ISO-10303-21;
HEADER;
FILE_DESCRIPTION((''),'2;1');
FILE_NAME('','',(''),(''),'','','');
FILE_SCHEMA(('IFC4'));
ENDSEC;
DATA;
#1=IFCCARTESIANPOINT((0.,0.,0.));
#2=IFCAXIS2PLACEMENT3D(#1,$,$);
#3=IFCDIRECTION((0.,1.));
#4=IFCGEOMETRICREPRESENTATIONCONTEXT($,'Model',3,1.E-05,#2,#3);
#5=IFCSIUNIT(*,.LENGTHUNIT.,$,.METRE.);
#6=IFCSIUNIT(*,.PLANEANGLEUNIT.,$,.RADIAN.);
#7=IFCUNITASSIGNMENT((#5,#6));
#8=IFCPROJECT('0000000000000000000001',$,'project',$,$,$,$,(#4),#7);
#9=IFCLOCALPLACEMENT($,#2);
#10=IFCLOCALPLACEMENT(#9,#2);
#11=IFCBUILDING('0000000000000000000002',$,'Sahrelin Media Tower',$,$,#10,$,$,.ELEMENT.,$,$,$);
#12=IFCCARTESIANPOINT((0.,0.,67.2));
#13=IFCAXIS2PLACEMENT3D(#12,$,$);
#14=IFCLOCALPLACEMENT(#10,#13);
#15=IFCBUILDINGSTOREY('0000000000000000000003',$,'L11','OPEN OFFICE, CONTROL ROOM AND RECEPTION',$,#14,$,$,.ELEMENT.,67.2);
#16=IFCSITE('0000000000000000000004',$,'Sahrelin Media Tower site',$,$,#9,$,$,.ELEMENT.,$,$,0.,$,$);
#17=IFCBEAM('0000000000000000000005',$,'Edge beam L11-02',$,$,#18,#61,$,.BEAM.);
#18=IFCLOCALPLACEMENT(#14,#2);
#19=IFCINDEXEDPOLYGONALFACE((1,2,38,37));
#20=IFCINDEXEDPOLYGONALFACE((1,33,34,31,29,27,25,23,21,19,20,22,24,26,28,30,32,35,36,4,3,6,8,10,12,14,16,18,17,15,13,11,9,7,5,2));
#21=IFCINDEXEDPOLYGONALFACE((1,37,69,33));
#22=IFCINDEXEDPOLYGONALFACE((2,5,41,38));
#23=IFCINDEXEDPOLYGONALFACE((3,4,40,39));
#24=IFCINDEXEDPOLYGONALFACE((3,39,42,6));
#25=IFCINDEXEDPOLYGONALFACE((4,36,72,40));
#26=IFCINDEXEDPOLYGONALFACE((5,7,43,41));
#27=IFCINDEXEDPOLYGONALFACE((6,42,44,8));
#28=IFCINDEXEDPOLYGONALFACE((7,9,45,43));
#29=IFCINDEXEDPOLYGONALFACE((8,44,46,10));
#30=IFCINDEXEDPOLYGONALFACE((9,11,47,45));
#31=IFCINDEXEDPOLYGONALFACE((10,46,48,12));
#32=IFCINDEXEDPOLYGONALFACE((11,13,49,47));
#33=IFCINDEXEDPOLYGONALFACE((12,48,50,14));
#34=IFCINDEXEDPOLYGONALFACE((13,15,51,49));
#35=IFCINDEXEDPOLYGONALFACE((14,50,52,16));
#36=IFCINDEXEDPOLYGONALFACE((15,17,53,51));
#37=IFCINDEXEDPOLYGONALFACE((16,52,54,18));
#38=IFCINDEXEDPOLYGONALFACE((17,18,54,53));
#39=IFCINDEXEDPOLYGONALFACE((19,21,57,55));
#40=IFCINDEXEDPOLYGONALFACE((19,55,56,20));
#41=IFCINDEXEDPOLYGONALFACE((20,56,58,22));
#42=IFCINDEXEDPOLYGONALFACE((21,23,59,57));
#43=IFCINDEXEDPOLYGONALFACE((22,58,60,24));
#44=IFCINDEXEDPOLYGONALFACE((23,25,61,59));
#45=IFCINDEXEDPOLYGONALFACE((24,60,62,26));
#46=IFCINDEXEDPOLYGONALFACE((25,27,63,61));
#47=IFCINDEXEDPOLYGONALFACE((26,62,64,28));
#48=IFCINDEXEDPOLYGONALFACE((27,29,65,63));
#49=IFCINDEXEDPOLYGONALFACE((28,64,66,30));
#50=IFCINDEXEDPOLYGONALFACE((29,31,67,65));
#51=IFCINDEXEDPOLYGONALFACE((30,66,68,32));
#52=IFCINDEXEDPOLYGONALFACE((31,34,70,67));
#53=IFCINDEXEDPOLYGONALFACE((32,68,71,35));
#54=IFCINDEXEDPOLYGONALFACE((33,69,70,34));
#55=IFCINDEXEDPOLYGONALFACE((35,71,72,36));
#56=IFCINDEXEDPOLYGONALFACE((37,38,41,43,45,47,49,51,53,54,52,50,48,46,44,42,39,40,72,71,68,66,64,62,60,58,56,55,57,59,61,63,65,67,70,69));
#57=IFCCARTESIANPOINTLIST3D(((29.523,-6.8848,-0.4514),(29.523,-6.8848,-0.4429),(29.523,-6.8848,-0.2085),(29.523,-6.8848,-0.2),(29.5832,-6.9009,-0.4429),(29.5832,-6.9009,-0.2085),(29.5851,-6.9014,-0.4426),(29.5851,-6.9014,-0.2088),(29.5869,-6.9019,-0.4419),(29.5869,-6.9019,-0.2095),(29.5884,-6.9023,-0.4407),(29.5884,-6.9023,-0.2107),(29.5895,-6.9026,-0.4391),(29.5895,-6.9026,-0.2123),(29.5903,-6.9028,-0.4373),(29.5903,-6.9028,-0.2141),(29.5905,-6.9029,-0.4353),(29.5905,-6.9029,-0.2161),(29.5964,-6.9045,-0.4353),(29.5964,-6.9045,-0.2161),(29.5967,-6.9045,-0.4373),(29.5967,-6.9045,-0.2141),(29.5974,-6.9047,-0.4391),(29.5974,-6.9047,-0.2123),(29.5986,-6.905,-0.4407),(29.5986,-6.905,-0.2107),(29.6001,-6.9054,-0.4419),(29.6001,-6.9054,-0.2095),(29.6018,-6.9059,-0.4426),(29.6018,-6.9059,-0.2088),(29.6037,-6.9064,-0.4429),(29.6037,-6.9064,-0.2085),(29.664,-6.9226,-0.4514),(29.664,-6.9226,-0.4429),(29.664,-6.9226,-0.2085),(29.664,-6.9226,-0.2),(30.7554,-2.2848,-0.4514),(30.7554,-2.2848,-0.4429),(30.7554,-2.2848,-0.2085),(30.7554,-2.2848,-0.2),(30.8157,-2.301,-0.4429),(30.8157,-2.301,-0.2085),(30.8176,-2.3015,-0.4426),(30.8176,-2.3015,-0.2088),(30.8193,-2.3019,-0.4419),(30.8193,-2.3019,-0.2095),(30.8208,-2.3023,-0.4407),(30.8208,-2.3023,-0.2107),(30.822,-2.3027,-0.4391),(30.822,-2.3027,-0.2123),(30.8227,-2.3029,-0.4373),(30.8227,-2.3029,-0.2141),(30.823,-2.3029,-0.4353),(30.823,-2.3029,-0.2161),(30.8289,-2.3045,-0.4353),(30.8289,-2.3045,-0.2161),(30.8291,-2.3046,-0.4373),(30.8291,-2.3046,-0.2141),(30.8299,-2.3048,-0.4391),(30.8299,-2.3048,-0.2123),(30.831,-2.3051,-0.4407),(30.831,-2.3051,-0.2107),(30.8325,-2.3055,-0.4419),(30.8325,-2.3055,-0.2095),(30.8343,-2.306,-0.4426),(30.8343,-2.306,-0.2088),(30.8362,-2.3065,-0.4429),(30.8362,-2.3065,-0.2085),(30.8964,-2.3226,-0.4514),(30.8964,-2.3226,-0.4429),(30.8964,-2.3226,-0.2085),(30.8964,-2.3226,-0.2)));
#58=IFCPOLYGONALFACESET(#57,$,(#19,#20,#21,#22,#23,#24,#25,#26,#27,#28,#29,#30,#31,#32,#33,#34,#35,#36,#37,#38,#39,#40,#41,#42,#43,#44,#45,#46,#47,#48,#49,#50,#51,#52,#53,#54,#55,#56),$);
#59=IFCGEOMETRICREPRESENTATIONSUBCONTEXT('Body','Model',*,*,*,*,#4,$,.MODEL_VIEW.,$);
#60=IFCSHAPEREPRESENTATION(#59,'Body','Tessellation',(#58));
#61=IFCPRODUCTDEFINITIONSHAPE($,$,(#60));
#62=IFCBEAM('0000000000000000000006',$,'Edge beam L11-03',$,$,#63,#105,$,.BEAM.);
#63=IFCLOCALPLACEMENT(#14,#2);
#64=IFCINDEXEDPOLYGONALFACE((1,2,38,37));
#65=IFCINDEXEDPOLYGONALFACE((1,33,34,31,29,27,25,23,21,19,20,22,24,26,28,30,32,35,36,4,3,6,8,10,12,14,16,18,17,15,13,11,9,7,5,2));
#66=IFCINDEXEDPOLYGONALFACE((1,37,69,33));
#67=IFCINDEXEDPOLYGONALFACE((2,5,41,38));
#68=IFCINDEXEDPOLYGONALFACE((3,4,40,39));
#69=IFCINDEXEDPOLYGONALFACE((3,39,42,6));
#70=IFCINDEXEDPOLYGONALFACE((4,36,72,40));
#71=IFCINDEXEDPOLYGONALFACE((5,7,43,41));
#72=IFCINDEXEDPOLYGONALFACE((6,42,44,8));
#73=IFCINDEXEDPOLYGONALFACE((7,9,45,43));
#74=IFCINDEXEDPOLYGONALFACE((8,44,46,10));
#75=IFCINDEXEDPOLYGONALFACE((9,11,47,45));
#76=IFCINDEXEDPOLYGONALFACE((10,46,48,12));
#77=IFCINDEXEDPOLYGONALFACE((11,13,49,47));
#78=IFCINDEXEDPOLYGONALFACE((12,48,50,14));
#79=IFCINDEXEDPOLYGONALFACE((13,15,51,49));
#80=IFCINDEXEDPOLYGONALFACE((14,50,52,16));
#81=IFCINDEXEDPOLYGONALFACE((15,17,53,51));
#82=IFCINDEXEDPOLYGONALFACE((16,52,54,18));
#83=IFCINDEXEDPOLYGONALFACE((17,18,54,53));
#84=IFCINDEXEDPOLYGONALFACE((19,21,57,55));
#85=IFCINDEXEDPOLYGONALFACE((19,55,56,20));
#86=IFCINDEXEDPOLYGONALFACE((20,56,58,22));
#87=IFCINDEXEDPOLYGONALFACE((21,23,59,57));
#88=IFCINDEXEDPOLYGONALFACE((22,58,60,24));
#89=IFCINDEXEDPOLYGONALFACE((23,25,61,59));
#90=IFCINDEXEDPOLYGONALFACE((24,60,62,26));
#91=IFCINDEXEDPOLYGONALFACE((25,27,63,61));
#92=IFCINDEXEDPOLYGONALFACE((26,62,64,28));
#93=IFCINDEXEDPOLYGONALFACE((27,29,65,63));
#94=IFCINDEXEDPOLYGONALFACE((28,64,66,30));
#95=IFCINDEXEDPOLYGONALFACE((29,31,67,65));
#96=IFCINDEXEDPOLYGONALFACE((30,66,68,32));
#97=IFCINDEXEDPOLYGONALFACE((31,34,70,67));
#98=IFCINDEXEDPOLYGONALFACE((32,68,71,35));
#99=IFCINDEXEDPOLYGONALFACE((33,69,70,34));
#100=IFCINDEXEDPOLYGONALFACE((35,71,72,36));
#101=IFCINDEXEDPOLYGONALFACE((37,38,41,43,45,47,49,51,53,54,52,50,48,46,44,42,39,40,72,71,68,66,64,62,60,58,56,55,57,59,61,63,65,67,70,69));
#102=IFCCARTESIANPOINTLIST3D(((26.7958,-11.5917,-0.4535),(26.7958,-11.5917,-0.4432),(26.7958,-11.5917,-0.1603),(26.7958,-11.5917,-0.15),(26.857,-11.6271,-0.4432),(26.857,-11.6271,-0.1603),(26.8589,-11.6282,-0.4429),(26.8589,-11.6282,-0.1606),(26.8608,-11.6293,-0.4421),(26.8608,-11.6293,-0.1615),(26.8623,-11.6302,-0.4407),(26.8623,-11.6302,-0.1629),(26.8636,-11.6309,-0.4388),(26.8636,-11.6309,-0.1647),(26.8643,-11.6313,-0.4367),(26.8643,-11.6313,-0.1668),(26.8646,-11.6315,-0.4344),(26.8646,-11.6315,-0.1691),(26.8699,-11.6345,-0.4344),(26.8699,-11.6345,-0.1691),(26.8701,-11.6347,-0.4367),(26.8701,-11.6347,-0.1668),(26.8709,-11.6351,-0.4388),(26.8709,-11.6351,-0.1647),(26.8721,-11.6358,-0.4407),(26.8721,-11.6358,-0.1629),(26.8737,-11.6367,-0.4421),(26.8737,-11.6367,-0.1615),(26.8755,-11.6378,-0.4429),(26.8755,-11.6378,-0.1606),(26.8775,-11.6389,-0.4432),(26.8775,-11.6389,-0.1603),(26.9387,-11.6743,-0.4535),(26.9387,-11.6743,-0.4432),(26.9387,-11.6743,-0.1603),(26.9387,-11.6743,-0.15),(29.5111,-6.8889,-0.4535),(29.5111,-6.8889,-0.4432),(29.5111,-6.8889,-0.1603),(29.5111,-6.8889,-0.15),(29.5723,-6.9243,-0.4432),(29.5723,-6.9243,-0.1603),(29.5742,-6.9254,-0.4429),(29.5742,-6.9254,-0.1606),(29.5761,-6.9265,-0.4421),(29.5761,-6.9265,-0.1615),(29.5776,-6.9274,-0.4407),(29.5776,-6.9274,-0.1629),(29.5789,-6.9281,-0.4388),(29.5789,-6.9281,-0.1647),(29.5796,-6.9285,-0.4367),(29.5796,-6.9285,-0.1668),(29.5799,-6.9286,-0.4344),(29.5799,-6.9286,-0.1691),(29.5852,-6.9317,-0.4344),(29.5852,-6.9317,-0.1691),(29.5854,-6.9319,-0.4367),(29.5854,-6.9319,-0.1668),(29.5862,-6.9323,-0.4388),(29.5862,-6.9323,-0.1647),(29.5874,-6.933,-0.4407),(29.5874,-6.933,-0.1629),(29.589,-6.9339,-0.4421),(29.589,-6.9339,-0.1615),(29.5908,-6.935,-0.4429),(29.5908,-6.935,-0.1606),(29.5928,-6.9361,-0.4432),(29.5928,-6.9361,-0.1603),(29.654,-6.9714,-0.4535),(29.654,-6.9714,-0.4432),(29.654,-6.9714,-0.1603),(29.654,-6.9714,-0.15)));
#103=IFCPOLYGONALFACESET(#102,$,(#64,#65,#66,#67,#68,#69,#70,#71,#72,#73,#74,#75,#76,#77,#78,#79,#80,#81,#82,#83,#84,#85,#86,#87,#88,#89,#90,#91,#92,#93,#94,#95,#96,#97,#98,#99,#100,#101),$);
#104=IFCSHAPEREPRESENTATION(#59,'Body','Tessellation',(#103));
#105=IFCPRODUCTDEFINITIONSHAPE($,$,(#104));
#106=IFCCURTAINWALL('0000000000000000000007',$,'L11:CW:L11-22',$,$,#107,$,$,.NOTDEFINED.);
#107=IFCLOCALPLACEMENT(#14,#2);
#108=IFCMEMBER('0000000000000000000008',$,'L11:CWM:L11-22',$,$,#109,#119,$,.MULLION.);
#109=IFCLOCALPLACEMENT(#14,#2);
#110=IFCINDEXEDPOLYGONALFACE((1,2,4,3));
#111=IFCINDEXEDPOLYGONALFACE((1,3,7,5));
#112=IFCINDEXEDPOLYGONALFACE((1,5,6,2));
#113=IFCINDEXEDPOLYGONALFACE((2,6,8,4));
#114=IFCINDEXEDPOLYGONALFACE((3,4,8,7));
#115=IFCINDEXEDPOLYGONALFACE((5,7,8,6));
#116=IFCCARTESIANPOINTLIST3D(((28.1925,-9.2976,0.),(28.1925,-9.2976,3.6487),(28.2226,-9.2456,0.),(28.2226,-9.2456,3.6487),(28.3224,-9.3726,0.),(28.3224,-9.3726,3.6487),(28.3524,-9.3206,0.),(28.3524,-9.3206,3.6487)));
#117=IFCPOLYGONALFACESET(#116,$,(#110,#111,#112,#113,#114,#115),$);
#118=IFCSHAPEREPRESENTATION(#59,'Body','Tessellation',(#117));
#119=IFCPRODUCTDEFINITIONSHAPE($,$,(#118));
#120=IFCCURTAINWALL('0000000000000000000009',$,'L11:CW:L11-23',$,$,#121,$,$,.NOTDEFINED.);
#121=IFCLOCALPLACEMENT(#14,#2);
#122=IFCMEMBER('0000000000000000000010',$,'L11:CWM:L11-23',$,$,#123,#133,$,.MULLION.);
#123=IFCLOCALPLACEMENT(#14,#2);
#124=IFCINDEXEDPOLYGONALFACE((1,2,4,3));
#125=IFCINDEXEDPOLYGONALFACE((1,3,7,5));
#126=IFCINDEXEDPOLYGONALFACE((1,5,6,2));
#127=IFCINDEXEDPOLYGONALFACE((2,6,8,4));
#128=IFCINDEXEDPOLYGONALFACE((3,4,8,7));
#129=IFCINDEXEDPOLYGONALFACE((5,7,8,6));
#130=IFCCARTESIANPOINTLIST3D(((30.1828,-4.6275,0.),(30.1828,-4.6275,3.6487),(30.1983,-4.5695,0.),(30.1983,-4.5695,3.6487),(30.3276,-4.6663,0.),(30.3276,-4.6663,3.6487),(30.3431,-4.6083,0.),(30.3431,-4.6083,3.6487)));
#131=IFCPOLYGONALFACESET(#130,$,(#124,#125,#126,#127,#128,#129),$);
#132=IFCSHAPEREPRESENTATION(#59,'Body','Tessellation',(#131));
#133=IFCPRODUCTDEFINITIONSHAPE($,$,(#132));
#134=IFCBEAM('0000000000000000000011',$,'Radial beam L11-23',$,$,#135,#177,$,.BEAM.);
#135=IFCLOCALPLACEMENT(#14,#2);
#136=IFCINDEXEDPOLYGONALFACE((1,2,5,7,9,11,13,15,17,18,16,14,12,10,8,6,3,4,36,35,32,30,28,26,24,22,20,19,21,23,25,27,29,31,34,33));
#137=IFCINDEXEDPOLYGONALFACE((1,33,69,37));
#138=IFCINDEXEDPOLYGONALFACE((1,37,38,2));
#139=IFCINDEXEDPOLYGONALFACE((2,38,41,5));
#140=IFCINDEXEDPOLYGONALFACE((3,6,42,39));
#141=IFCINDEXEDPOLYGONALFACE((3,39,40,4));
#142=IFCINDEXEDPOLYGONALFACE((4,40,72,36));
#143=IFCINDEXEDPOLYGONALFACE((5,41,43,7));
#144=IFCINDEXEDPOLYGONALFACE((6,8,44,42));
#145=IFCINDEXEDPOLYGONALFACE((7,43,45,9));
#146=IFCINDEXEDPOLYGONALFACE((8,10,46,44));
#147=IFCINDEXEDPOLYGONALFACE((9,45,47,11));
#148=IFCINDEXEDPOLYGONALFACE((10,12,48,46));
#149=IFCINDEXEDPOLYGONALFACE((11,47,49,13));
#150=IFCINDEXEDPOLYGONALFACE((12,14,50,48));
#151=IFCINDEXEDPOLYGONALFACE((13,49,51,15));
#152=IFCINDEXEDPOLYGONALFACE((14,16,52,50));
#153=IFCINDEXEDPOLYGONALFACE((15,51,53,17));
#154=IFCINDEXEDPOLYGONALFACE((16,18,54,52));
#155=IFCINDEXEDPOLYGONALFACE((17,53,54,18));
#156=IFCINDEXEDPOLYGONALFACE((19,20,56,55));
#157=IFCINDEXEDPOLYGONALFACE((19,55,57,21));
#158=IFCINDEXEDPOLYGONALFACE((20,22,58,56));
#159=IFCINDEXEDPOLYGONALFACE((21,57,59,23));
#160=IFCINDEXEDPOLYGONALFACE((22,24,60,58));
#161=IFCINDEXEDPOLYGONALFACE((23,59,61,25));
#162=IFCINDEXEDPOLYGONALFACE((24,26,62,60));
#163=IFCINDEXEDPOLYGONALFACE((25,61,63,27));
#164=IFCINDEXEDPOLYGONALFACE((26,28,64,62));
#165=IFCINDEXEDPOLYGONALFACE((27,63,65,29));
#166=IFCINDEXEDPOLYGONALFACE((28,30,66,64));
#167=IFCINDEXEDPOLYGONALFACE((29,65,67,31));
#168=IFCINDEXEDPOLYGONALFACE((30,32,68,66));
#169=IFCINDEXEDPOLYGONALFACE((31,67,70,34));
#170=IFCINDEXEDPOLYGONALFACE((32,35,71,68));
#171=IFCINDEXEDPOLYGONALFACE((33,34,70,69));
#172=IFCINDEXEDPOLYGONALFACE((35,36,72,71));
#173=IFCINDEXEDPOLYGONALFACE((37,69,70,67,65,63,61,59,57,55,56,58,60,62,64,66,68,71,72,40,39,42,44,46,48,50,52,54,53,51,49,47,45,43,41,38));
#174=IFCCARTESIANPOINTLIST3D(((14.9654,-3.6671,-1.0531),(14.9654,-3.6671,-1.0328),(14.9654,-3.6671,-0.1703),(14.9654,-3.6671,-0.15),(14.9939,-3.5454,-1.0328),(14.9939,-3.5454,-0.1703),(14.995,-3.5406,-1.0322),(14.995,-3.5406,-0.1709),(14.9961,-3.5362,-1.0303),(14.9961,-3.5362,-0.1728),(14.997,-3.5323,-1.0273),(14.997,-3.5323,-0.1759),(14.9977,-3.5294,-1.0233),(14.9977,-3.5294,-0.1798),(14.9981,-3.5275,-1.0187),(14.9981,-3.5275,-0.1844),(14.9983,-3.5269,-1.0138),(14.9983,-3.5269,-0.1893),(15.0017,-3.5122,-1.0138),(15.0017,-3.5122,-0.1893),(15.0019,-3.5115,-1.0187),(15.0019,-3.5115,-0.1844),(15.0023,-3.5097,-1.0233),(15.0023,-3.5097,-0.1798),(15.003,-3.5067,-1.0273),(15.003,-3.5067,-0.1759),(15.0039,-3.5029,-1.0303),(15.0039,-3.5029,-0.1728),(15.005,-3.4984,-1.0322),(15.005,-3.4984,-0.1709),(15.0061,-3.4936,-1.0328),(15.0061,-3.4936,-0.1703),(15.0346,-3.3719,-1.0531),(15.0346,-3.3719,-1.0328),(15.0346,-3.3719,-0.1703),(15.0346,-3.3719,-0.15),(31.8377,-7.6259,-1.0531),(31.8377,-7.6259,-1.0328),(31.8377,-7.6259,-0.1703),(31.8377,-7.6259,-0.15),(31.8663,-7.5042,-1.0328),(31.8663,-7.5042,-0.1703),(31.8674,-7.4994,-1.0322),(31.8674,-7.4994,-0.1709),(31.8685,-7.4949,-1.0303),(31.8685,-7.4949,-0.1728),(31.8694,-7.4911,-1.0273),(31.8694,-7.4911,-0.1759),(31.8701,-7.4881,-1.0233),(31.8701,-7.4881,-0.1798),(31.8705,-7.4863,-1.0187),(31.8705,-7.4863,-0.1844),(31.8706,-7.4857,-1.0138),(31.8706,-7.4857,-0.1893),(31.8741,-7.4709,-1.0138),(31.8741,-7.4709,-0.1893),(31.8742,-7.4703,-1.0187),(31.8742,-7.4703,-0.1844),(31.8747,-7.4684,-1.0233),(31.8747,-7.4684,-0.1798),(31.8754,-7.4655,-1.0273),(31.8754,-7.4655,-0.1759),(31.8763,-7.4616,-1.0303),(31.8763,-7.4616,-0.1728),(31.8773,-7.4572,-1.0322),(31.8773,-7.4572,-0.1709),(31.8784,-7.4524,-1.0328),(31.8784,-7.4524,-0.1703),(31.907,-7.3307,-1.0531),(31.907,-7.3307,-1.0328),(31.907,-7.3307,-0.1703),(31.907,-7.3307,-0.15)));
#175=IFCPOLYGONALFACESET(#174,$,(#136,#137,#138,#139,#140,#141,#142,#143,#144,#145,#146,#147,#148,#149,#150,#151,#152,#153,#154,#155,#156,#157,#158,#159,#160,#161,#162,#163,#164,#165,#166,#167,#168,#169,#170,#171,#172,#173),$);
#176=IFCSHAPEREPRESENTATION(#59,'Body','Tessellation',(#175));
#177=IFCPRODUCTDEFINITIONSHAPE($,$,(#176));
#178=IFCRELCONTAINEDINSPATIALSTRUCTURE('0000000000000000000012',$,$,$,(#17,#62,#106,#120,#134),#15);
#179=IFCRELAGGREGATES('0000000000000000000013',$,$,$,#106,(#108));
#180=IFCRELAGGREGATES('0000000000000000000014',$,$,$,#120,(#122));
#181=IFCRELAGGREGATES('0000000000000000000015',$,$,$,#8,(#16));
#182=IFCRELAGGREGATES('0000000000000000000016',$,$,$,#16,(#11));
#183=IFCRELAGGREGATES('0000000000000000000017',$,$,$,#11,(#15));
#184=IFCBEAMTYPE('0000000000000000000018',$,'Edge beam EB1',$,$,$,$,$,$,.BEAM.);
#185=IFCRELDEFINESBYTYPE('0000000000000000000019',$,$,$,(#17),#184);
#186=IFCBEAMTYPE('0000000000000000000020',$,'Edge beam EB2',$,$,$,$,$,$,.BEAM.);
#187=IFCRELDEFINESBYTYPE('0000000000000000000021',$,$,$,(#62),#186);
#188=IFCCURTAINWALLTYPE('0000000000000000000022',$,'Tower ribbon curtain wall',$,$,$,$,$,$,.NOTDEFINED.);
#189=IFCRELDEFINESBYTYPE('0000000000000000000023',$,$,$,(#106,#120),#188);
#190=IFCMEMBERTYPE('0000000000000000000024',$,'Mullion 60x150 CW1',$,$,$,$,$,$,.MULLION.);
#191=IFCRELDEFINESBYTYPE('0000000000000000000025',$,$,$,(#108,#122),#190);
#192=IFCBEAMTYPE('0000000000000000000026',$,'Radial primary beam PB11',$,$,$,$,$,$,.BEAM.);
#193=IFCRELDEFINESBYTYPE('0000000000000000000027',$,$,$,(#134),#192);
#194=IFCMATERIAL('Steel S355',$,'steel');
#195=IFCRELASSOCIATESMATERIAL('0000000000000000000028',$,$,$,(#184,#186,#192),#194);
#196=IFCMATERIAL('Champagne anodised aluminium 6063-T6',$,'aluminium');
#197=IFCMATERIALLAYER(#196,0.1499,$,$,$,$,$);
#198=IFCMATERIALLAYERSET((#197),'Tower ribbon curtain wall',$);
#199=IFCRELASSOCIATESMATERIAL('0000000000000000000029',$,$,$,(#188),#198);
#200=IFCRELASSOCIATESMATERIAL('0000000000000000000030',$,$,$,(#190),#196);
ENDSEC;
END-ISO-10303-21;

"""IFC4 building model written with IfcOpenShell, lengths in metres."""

from ifc_helpers import new_model, si_unit, direction, frame, origin, origin_2d, place, context, subcontext, project, spatial, rectangle, i_section, extrude, material, layer, layer_set, material_profile, profile_set, type_object, element, aggregate, save


model = new_model("IFC4")

# Units and contexts
model_context = context("Model", 3, precision=1e-05, world=origin(), true_north=direction((0.0, 1.0)))
body_context = subcontext(model_context, "Body", "Model", "MODEL_VIEW")
ifc_project = project(units=[si_unit("LENGTHUNIT", "METRE"), si_unit("PLANEANGLEUNIT", "RADIAN")], contexts=[model_context])

# Site, building, storey
site_placement = place(None, origin())
site = spatial("IfcSite", under=ifc_project, at=site_placement, Name="Sahrelin Media Tower site", CompositionType="ELEMENT", RefElevation=0.0)
building_placement = place(site_placement, origin())
building = spatial("IfcBuilding", under=site, at=building_placement, Name="Sahrelin Media Tower", CompositionType="ELEMENT")
storey_placement = place(building_placement, frame((0.0, 0.0, 67.2)))
storey = spatial("IfcBuildingStorey", under=building, at=storey_placement, Name="L11", Description="OPEN OFFICE, CONTROL ROOM AND RECEPTION", CompositionType="ELEMENT", Elevation=67.2)

# Beams
ifc_material_1 = material(Name="Steel S355", Category="steel")
ifc_material_profile_1 = material_profile(ifc_material_1, i_section(OverallWidth=0.146, OverallDepth=0.2515, WebThickness=0.0061, FlangeThickness=0.0085, FilletRadius=0.0076, at=origin_2d()), Name="UB 254x146x31")
ifc_profile_set_1 = profile_set([ifc_material_profile_1], Name="Steel S355")
beam_type_1 = type_object("IfcBeamType", Name="Edge beam EB1", PredefinedType="BEAM", material=ifc_profile_set_1)
beam_1_placement = place(storey_placement, frame((30.8259, -2.3037, -0.3257), z_axis=(-0.258798, -0.965931, 0.0), x_axis=(0.965931, -0.258798, 0.0)))
element("IfcBeam", 1, at=beam_1_placement, inside=storey, type_object=beam_type_1, Name="Edge beam L11-02", PredefinedType="BEAM", context=body_context, shape_type="SweptSolid", body=[
    extrude(i_section(OverallWidth=0.146, OverallDepth=0.2515, WebThickness=0.0061, FlangeThickness=0.0085, FilletRadius=0.0076, at=origin_2d()), origin(), (0.0, 0.0, 1.0), 4.7622),
])
ifc_material_profile_2 = material_profile(ifc_material_1, i_section(OverallWidth=0.165, OverallDepth=0.3035, WebThickness=0.0061, FlangeThickness=0.0103, FilletRadius=0.0088, at=origin_2d()), Name="UB 305x165x40")
ifc_profile_set_2 = profile_set([ifc_material_profile_2], Name="Steel S355")
beam_type_2 = type_object("IfcBeamType", Name="Edge beam EB2", PredefinedType="BEAM", material=ifc_profile_set_2)
beam_2_placement = place(storey_placement, frame((29.5825, -6.9302, -0.3018), z_axis=(-0.500017, -0.866016, 0.0), x_axis=(0.866016, -0.500017, 0.0)))
element("IfcBeam", 2, at=beam_2_placement, inside=storey, type_object=beam_type_2, Name="Edge beam L11-03", PredefinedType="BEAM", context=body_context, shape_type="SweptSolid", body=[
    extrude(i_section(OverallWidth=0.165, OverallDepth=0.3035, WebThickness=0.0061, FlangeThickness=0.0103, FilletRadius=0.0088, at=origin_2d()), origin(), (0.0, 0.0, 1.0), 5.4304),
])

# Curtain walls, members
ifc_material_2 = material(Name="Champagne anodised aluminium 6063-T6", Category="aluminium")
ifc_layer_1 = layer(ifc_material_2, 0.1499)
ifc_layer_set_1 = layer_set([ifc_layer_1], Name="Tower ribbon curtain wall")
curtain_wall_type = type_object("IfcCurtainWallType", Name="Tower ribbon curtain wall", PredefinedType="NOTDEFINED", material=ifc_layer_set_1)
curtain_wall_1_placement = place(storey_placement, frame((28.3547, -9.3567, 0.0), z_axis=(0.0, 0.0, 1.0), x_axis=(1.0, 0.0, 0.0)))
curtain_wall_1 = element("IfcCurtainWall", 3, at=curtain_wall_1_placement, inside=storey, type_object=curtain_wall_type, Name="L11:CW:L11-22", PredefinedType="NOTDEFINED")
ifc_material_profile_3 = material_profile(ifc_material_2, rectangle(XDim=0.0601, YDim=0.1499, at=origin_2d()), Name="Mullion 60x150")
ifc_profile_set_3 = profile_set([ifc_material_profile_3], Name="Champagne anodised aluminium 6063-T6")
member_type_1 = type_object("IfcMemberType", Name="Mullion 60x150 CW1", PredefinedType="MULLION", material=ifc_profile_set_3)
member_1_placement = place(storey_placement, frame((28.2725, -9.3091, 0.0), z_axis=(0.0, 0.0, 1.0), x_axis=(0.499998, 0.866026, 0.0)))
member_1 = element("IfcMember", 4, at=member_1_placement, type_object=member_type_1, Name="L11:CWM:L11-22", PredefinedType="MULLION", context=body_context, shape_type="SweptSolid", body=[
    extrude(rectangle(XDim=0.0601, YDim=0.1499, at=origin_2d()), origin(), (0.0, 0.0, 1.0), 3.6487),
])
aggregate(curtain_wall_1, [member_1])
curtain_wall_2_placement = place(storey_placement, frame((30.3545, -4.6423, 0.0), z_axis=(0.0, 0.0, 1.0), x_axis=(1.0, 0.0, 0.0)))
curtain_wall_2 = element("IfcCurtainWall", 5, at=curtain_wall_2_placement, inside=storey, type_object=curtain_wall_type, Name="L11:CW:L11-23", PredefinedType="NOTDEFINED")
member_2_placement = place(storey_placement, frame((30.2629, -4.6179, 0.0), z_axis=(0.0, 0.0, 1.0), x_axis=(0.258817, 0.965926, 0.0)))
member_2 = element("IfcMember", 6, at=member_2_placement, type_object=member_type_1, Name="L11:CWM:L11-23", PredefinedType="MULLION", context=body_context, shape_type="SweptSolid", body=[
    extrude(rectangle(XDim=0.0601, YDim=0.1499, at=origin_2d()), origin(), (0.0, 0.0, 1.0), 3.6487),
])

# Beam
ifc_material_profile_4 = material_profile(ifc_material_1, i_section(OverallWidth=0.3032, OverallDepth=0.9031, WebThickness=0.0151, FlangeThickness=0.0203, FilletRadius=0.019, at=origin_2d()), Name="UB 914x305x201")
ifc_profile_set_4 = profile_set([ifc_material_profile_4], Name="Steel S355")
beam_type_3 = type_object("IfcBeamType", Name="Radial primary beam PB11", PredefinedType="BEAM", material=ifc_profile_set_4)
beam_3_placement = place(storey_placement, frame((15.0, -3.5195, -0.6016), z_axis=(0.973561, -0.228426, 0.0), x_axis=(0.228426, 0.973561, 0.0)))
element("IfcBeam", 7, at=beam_3_placement, inside=storey, type_object=beam_type_3, Name="Radial beam L11-23", PredefinedType="BEAM", context=body_context, shape_type="SweptSolid", body=[
    extrude(i_section(OverallWidth=0.3032, OverallDepth=0.9031, WebThickness=0.0151, FlangeThickness=0.0203, FilletRadius=0.019, at=origin_2d()), origin(), (0.0, 0.0, 1.0), 17.3306),
])

aggregate(curtain_wall_2, [member_2])

save(model, "model.ifc")
